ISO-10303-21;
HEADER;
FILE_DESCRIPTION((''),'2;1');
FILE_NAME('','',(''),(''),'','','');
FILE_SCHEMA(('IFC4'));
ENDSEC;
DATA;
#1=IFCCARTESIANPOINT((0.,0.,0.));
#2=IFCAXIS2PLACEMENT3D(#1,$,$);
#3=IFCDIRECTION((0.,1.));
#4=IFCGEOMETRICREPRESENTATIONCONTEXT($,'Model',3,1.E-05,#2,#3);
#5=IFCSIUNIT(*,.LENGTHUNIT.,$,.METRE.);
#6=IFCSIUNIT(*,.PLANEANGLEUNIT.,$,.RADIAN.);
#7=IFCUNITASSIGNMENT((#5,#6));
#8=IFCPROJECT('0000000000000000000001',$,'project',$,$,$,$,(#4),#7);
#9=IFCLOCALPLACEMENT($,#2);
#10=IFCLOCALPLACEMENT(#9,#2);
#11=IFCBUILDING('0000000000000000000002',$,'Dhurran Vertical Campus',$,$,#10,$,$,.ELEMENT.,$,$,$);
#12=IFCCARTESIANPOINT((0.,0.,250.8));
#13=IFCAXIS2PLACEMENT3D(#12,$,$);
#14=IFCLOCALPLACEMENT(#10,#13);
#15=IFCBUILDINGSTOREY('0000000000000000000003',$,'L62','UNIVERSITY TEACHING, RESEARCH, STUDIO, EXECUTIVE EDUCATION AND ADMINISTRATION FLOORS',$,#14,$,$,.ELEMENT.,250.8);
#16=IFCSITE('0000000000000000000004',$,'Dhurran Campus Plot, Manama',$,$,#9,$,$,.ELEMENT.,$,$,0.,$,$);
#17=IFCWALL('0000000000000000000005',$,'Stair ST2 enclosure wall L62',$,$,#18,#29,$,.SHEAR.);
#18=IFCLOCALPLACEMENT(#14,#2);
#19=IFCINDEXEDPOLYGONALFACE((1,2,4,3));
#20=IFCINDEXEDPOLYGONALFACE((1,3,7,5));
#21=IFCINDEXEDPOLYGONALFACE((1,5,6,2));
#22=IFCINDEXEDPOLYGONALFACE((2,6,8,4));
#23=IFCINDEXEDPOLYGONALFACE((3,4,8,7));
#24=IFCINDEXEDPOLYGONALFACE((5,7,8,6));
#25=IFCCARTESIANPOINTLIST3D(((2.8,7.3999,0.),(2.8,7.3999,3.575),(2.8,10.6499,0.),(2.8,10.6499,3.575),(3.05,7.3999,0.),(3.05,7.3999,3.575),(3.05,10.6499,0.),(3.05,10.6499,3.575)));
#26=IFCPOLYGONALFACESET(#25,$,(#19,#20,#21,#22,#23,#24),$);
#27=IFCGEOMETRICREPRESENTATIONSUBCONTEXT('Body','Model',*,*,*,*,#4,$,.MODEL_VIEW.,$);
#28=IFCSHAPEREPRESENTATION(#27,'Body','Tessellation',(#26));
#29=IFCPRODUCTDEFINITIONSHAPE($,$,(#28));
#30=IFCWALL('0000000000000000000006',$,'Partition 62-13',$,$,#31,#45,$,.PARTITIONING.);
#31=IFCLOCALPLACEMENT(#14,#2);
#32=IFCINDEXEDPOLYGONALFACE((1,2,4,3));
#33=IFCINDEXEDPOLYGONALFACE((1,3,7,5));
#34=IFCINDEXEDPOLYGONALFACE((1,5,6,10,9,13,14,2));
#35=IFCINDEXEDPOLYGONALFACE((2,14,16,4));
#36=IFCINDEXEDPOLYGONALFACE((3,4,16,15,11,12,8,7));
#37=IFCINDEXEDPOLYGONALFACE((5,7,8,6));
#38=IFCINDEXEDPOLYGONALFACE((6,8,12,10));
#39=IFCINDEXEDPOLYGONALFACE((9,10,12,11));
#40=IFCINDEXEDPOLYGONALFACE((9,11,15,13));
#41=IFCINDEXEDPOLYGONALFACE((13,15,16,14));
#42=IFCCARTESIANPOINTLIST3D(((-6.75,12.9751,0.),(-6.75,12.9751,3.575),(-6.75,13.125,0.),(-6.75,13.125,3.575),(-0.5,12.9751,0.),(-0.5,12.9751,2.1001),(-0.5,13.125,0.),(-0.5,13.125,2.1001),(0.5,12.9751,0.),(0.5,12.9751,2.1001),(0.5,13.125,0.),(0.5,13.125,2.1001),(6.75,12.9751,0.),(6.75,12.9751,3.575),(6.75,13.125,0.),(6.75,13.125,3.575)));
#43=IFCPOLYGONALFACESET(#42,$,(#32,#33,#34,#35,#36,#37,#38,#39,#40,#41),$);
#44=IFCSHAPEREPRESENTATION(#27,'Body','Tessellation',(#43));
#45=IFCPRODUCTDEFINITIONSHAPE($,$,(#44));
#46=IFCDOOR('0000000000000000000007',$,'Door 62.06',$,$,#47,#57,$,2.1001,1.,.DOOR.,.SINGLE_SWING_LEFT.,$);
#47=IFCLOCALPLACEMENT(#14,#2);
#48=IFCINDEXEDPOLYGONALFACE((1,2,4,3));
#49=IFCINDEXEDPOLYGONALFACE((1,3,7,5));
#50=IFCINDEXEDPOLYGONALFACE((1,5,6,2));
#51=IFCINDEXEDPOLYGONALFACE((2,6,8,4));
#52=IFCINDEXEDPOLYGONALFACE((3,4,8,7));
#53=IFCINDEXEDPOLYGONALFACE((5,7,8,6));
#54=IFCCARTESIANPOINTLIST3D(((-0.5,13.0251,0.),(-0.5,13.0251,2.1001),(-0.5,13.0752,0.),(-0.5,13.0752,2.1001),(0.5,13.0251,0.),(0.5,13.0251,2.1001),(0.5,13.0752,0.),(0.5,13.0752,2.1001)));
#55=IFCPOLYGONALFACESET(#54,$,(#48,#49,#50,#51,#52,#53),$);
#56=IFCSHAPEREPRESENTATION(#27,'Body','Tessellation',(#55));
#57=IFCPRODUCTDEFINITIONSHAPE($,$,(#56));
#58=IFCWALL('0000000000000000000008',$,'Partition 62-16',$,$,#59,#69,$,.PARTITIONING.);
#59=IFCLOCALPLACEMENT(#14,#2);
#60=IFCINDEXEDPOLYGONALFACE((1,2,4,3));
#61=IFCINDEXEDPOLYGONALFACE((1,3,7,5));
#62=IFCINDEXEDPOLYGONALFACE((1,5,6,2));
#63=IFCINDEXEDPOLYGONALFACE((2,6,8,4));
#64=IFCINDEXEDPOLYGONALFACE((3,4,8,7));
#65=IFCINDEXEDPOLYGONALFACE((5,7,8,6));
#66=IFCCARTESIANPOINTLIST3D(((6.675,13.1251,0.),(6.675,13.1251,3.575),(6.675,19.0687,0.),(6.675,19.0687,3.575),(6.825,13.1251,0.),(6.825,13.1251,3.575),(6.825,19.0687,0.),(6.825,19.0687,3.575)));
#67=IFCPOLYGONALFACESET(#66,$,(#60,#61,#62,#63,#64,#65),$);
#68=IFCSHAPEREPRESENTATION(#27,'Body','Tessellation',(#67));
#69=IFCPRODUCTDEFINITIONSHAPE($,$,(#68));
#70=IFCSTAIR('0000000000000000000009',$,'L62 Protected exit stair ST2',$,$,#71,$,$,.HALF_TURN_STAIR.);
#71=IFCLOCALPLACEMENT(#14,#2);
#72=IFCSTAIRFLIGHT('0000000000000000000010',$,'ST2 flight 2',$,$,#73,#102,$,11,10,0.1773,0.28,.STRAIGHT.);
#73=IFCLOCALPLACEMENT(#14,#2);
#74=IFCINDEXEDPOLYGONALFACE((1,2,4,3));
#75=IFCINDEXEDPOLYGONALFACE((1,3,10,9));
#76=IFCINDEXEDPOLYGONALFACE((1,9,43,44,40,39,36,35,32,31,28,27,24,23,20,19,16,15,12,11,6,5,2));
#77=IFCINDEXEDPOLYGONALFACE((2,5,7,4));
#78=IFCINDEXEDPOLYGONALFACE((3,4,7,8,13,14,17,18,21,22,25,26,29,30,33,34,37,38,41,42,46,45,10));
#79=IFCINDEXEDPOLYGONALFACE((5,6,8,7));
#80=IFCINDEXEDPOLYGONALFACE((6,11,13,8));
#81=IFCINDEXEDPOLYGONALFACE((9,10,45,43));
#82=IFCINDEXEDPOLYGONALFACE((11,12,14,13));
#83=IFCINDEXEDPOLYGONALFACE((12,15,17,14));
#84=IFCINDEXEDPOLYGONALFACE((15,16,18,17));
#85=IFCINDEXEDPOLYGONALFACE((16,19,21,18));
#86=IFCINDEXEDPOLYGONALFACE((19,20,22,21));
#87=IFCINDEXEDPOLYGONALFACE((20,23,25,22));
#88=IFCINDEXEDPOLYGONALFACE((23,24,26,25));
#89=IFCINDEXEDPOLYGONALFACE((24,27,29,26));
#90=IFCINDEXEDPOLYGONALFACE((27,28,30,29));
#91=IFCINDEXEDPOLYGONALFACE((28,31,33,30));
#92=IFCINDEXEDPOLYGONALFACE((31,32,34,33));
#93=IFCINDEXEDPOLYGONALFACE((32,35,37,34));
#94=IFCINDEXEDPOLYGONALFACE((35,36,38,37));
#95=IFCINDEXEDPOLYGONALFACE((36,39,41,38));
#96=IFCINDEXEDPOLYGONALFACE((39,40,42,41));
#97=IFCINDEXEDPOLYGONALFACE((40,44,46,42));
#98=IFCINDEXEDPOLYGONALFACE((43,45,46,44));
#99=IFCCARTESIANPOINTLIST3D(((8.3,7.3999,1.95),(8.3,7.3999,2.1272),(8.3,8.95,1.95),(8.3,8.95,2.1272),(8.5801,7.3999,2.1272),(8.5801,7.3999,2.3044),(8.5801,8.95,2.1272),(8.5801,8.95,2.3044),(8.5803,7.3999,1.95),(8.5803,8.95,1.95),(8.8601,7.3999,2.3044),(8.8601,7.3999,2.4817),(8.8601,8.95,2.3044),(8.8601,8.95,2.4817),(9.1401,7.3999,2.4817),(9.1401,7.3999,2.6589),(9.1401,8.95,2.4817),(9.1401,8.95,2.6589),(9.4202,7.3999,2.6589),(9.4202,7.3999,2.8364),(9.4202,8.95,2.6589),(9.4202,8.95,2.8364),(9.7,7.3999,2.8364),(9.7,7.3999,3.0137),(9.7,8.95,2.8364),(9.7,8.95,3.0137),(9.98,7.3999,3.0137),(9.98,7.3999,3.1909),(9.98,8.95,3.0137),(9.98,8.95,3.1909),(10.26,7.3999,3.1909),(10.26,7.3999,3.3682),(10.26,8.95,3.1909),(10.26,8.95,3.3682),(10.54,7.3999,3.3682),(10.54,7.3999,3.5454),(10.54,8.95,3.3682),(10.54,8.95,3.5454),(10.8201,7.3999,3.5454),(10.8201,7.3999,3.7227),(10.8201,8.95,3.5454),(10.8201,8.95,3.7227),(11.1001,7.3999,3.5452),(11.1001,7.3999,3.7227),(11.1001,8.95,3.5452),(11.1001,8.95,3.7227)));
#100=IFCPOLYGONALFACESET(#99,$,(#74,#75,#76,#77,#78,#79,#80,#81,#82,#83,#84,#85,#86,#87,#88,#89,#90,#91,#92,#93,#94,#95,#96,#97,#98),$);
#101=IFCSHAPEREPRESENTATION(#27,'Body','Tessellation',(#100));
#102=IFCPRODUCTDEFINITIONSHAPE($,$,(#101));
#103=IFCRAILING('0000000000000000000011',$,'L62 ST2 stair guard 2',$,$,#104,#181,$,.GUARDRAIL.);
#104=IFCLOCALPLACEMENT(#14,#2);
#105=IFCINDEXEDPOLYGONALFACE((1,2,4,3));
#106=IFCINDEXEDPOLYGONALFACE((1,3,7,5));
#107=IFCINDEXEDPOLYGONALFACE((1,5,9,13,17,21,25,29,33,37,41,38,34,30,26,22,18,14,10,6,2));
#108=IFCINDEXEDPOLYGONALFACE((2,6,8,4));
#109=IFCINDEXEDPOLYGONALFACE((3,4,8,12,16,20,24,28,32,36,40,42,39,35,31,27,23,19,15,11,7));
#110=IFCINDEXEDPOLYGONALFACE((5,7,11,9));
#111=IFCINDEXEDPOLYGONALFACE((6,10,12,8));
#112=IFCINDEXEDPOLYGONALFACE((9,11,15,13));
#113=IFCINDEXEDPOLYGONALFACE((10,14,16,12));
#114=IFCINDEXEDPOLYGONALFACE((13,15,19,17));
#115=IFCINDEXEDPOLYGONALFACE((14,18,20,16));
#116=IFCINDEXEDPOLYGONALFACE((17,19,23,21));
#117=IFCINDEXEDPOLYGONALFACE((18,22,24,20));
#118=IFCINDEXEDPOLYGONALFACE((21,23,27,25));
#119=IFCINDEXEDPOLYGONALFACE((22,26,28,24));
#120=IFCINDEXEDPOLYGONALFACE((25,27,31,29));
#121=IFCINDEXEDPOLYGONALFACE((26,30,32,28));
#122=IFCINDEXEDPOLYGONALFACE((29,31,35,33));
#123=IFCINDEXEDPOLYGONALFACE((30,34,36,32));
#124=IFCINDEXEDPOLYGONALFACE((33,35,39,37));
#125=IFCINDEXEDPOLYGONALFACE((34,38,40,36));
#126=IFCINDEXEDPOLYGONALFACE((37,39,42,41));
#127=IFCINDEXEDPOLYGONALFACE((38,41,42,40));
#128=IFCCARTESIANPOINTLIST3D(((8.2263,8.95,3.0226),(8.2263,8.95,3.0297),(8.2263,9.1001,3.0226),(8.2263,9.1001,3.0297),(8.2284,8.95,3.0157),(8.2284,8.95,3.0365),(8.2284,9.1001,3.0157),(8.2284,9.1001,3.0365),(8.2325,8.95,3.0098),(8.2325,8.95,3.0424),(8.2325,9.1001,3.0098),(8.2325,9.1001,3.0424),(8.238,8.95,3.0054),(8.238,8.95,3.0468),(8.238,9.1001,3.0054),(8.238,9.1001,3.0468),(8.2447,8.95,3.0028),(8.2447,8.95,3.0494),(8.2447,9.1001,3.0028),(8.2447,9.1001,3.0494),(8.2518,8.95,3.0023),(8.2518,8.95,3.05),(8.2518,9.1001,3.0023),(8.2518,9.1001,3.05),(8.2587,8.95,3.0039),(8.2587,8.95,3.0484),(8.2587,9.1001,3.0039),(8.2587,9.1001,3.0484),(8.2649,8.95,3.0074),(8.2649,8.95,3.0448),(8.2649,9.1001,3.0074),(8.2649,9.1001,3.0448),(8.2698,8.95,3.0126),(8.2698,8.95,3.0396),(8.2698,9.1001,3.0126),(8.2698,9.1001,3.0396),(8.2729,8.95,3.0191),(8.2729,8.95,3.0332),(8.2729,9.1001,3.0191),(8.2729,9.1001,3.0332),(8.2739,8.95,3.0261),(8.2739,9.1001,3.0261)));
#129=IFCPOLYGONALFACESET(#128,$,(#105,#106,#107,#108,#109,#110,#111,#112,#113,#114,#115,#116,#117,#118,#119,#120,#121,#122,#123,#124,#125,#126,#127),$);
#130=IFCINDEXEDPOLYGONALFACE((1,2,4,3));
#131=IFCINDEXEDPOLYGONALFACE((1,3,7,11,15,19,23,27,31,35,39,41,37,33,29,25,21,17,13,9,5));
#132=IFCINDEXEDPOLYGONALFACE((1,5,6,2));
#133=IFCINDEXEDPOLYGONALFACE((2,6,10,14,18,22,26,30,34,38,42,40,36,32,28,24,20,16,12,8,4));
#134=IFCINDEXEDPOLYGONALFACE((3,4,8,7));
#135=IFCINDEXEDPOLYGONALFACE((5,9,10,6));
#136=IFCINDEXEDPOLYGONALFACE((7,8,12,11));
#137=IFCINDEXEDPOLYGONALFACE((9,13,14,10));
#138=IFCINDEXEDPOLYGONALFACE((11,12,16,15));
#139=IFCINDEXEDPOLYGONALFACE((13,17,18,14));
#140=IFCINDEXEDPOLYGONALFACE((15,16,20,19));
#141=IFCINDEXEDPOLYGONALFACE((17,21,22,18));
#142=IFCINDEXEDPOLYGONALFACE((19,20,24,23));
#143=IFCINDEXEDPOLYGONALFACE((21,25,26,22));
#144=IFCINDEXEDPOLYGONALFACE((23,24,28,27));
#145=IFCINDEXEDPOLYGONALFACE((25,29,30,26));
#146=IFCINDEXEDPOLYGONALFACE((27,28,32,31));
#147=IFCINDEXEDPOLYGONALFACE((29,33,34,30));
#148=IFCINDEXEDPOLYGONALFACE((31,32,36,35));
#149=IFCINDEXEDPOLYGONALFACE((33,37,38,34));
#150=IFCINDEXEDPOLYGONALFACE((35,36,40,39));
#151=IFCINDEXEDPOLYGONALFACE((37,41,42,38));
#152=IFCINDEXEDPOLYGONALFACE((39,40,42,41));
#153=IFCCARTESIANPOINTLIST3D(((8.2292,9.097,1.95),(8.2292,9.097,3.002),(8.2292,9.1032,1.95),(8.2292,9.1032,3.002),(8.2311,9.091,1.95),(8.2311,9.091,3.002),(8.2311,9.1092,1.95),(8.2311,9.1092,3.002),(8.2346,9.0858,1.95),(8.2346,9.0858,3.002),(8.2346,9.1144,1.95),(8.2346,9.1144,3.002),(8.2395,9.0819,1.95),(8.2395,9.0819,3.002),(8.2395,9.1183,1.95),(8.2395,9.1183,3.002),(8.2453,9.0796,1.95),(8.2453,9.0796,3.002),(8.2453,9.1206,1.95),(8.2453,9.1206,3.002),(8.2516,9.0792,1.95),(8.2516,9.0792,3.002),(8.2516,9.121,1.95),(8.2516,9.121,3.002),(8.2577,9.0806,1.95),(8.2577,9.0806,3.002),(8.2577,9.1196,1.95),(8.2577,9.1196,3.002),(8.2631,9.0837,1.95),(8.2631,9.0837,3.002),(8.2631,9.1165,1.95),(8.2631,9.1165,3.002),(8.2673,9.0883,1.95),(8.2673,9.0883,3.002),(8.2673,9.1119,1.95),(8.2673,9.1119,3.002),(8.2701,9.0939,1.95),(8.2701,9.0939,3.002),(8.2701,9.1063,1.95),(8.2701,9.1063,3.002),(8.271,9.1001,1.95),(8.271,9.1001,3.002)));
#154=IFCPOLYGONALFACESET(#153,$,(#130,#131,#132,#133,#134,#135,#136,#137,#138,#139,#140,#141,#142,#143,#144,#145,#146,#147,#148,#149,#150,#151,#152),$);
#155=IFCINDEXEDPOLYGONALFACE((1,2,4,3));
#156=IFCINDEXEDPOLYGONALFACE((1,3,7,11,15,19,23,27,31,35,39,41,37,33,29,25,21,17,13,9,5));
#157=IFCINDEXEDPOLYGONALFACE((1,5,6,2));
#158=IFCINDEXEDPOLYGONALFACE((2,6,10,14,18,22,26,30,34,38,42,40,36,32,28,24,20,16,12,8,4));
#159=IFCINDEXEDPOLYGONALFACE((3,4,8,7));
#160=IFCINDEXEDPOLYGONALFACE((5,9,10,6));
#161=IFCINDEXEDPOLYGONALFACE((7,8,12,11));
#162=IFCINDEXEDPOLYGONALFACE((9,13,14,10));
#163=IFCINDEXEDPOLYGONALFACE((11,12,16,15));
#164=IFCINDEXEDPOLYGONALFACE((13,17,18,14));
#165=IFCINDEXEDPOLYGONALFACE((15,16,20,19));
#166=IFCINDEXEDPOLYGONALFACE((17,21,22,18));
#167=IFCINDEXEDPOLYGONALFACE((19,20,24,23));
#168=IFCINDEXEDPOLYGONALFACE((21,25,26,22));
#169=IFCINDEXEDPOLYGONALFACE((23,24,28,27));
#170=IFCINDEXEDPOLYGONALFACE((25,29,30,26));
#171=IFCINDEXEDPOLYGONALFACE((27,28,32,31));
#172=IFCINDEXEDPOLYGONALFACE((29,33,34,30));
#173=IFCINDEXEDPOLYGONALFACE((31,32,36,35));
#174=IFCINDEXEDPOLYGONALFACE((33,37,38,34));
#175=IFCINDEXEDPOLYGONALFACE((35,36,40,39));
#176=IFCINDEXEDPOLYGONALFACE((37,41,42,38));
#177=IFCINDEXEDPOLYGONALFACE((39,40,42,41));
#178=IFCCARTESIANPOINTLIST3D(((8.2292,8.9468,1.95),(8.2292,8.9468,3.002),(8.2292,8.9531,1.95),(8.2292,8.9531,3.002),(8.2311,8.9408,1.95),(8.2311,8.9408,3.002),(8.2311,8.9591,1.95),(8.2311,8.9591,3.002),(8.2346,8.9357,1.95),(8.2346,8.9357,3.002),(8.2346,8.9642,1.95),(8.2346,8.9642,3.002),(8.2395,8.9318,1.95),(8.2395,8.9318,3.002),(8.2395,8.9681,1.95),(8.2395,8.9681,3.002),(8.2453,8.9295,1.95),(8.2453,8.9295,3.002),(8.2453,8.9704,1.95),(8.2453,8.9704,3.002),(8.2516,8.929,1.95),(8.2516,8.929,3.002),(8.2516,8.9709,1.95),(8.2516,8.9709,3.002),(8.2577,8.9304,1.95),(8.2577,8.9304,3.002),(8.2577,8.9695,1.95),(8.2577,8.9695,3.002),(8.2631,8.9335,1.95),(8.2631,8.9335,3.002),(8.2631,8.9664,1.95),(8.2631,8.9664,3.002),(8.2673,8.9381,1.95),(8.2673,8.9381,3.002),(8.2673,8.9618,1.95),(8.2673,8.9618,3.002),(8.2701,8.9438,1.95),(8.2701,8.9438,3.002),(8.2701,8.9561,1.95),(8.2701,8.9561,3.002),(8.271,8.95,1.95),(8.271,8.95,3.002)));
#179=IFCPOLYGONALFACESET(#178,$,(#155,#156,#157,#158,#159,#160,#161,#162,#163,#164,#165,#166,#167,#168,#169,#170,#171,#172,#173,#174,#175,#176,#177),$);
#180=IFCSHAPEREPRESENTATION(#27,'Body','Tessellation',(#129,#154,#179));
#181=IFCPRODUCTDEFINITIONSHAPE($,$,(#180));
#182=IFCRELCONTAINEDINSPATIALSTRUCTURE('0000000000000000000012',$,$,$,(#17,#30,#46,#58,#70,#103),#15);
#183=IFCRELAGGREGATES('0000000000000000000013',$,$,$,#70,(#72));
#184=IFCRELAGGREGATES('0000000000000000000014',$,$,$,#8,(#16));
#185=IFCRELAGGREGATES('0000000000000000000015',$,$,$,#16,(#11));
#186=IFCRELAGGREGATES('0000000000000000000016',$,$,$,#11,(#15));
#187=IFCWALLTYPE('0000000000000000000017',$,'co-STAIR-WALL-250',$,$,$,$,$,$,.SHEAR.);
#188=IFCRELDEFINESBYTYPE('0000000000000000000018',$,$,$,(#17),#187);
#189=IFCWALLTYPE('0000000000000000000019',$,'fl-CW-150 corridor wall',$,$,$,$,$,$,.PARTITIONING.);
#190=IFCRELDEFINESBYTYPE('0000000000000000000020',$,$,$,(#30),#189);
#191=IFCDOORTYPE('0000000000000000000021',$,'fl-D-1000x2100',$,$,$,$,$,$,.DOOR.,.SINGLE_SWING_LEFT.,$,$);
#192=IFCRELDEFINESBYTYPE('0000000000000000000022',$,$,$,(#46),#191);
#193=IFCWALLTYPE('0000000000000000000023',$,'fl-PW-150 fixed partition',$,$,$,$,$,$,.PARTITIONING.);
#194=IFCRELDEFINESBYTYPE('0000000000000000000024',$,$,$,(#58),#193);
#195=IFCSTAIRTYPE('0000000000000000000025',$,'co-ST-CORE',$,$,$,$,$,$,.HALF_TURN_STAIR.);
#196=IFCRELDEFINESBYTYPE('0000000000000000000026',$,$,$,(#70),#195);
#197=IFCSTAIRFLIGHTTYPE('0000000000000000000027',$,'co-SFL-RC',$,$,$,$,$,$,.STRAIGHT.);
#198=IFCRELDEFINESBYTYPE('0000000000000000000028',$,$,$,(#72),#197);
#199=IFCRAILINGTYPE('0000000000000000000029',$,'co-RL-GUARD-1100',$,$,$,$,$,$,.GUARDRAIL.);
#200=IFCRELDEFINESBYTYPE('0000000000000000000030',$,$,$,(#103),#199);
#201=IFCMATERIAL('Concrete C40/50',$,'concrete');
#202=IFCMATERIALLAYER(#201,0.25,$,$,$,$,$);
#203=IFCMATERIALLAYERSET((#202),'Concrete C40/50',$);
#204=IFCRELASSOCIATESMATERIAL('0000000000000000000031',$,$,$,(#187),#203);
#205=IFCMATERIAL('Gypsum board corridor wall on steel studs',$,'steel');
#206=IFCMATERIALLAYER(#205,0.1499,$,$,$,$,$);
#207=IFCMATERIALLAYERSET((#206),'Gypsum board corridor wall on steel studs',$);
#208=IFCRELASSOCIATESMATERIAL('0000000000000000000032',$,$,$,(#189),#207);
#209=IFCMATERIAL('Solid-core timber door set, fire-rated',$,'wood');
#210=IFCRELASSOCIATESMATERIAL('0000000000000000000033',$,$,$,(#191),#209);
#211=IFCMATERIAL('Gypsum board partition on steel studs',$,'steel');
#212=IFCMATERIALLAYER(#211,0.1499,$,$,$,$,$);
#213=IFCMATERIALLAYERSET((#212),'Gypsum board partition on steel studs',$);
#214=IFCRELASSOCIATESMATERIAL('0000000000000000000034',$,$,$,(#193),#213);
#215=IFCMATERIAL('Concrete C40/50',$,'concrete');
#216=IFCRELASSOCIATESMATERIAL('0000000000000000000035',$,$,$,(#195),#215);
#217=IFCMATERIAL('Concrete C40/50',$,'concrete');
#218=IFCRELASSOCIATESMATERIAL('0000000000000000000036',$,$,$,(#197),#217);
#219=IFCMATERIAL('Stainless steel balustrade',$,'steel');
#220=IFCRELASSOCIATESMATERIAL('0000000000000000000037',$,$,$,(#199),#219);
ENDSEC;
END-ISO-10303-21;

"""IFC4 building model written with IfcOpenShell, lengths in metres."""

from ifc_helpers import new_model, si_unit, direction, frame, frame_2d, origin, origin_2d, place, context, subcontext, project, spatial, polyline, rectangle, circle, outline, extrude, material, layer, layer_set, type_object, element, fill, aggregate, save


model = new_model("IFC4")

# Units and contexts
model_context = context("Model", 3, precision=1e-05, world=origin(), true_north=direction((0.0, 1.0)))
body_context = subcontext(model_context, "Body", "Model", "MODEL_VIEW")
ifc_project = project(units=[si_unit("LENGTHUNIT", "METRE"), si_unit("PLANEANGLEUNIT", "RADIAN")], contexts=[model_context])

# Site, building, storey
site_placement = place(None, origin())
site = spatial("IfcSite", under=ifc_project, at=site_placement, Name="Dhurran Campus Plot, Manama", CompositionType="ELEMENT", RefElevation=0.0)
building_placement = place(site_placement, origin())
building = spatial("IfcBuilding", under=site, at=building_placement, Name="Dhurran Vertical Campus", CompositionType="ELEMENT")
storey_placement = place(building_placement, frame((0.0, 0.0, 250.8)))
storey = spatial("IfcBuildingStorey", under=building, at=storey_placement, Name="L62", Description="UNIVERSITY TEACHING, RESEARCH, STUDIO, EXECUTIVE EDUCATION AND ADMINISTRATION FLOORS", CompositionType="ELEMENT", Elevation=250.8)

# Shared definitions
ifc_material_1 = material(Name="Concrete C40/50", Category="concrete")
ifc_layer_1 = layer(ifc_material_1, 0.25)
ifc_layer_set_1 = layer_set([ifc_layer_1], Name="Concrete C40/50")
wall_type_1 = type_object("IfcWallType", Name="co-STAIR-WALL-250", PredefinedType="SHEAR", material=ifc_layer_set_1)

# Wall
wall_1_placement = place(storey_placement, frame((2.925, 7.3999, 0.0), z_axis=(0.0, 0.0, 1.0), x_axis=(0.0, 1.0, 0.0)))
element("IfcWall", 1, at=wall_1_placement, inside=storey, type_object=wall_type_1, Name="Stair ST2 enclosure wall L62", PredefinedType="SHEAR", context=body_context, shape_type="SweptSolid", body=[
    extrude(rectangle(XDim=3.25, YDim=0.25, at=frame_2d((1.625, 0.0))), origin(), (0.0, 0.0, 1.0), 3.575),
])

# Wall, opening, door
ifc_material_2 = material(Name="Gypsum board corridor wall on steel studs", Category="steel")
ifc_layer_2 = layer(ifc_material_2, 0.1499)
ifc_layer_set_2 = layer_set([ifc_layer_2], Name="Gypsum board corridor wall on steel studs")
wall_type_2 = type_object("IfcWallType", Name="fl-CW-150 corridor wall", PredefinedType="PARTITIONING", material=ifc_layer_set_2)
wall_2_placement = place(storey_placement, frame((6.75, 13.05, 0.0), z_axis=(0.0, 0.0, 1.0), x_axis=(-1.0, 0.0, 0.0)))
wall_2 = element("IfcWall", 2, at=wall_2_placement, inside=storey, type_object=wall_type_2, Name="Partition 62-13", PredefinedType="PARTITIONING", context=body_context, shape_type="SweptSolid", body=[
    extrude(rectangle(XDim=13.5, YDim=0.1499, at=frame_2d((6.75, 0.0))), origin(), (0.0, 0.0, 1.0), 3.575),
])
opening_1_placement = place(wall_2_placement, frame((6.25, 0.0, 0.0)))
opening_1 = element("IfcOpeningElement", 3, at=opening_1_placement, cuts=wall_2, PredefinedType="OPENING", context=body_context, shape_type="SweptSolid", body=[
    extrude(rectangle(XDim=1.0, YDim=2.1001, at=frame_2d((0.5, 1.05))), frame((0.0, 0.085, 0.0), z_axis=(0.0, -1.0, 0.0), x_axis=(1.0, 0.0, 0.0)), (0.0, 0.0, 1.0), 0.1699),
])
ifc_material_3 = material(Name="Solid-core timber door set, fire-rated", Category="wood")
door_type_1 = type_object("IfcDoorType", Name="fl-D-1000x2100", OperationType="SINGLE_SWING_LEFT", PredefinedType="DOOR", material=ifc_material_3)
door_1_placement = place(opening_1_placement, origin())
door_1 = element("IfcDoor", 4, at=door_1_placement, inside=storey, type_object=door_type_1, Name="Door 62.06", OperationType="SINGLE_SWING_LEFT", OverallHeight=2.1001, OverallWidth=1.0, PredefinedType="DOOR", context=body_context, shape_type="SweptSolid", body=[
    extrude(rectangle(XDim=1.0, YDim=2.1001, at=frame_2d((0.5, 1.05))), frame((0.0, 0.0249, 0.0), z_axis=(0.0, -1.0, 0.0), x_axis=(1.0, 0.0, 0.0)), (0.0, 0.0, 1.0), 0.05),
])
fill(opening_1, door_1)

# Wall
ifc_material_4 = material(Name="Gypsum board partition on steel studs", Category="steel")
ifc_layer_3 = layer(ifc_material_4, 0.1499)
ifc_layer_set_3 = layer_set([ifc_layer_3], Name="Gypsum board partition on steel studs")
wall_type_3 = type_object("IfcWallType", Name="fl-PW-150 fixed partition", PredefinedType="PARTITIONING", material=ifc_layer_set_3)
wall_3_placement = place(storey_placement, frame((6.75, 19.0686, 0.0), z_axis=(0.0, 0.0, 1.0), x_axis=(0.0, -1.0, 0.0)))
element("IfcWall", 5, at=wall_3_placement, inside=storey, type_object=wall_type_3, Name="Partition 62-16", PredefinedType="PARTITIONING", context=body_context, shape_type="SweptSolid", body=[
    extrude(rectangle(XDim=5.9436, YDim=0.1499, at=frame_2d((2.9717, 0.0))), origin(), (0.0, 0.0, 1.0), 3.575),
])

# Stair, stair flight
ifc_material_5 = material(Name="Concrete C40/50", Category="concrete")
stair_type = type_object("IfcStairType", Name="co-ST-CORE", PredefinedType="HALF_TURN_STAIR", material=ifc_material_5)
stair_placement = place(storey_placement, origin())
stair = element("IfcStair", 6, at=stair_placement, inside=storey, type_object=stair_type, Name="L62 Protected exit stair ST2", PredefinedType="HALF_TURN_STAIR")
ifc_material_6 = material(Name="Concrete C40/50", Category="concrete")
stair_flight_type = type_object("IfcStairFlightType", Name="co-SFL-RC", PredefinedType="STRAIGHT", material=ifc_material_6)
stair_flight_placement = place(storey_placement, frame((8.3, 8.175, 1.95), z_axis=(0.0, 0.0, 1.0), x_axis=(1.0, 0.0, 0.0)))
stair_flight = element("IfcStairFlight", 7, at=stair_flight_placement, type_object=stair_flight_type, Name="ST2 flight 2", NumberOfRisers=11, NumberOfTreads=10, PredefinedType="STRAIGHT", RiserHeight=0.1773, TreadLength=0.28, context=body_context, shape_type="SweptSolid", body=[
    extrude(outline(polyline([(0.0, 0.0), (0.0, 0.1772), (0.28, 0.1772), (0.28, 0.3545), (0.5601, 0.3545), (0.5601, 0.5317), (0.8401, 0.5317), (0.8401, 0.709), (1.1201, 0.709), (1.1201, 0.8865), (1.3999, 0.8865), (1.3999, 1.0637), (1.6799, 1.0637), (1.6799, 1.241), (1.96, 1.241), (1.96, 1.4182), (2.24, 1.4182), (2.24, 1.5955), (2.52, 1.5955), (2.52, 1.7727), (2.8, 1.7727), (2.8, 1.95), (2.8, 1.5952), (0.2803, 0.0), (0.0, 0.0)])), frame((0.0, 0.7749, 0.0), z_axis=(0.0, -1.0, 0.0), x_axis=(1.0, 0.0, 0.0)), (0.0, 0.0, 1.0), 1.55),
])
aggregate(stair, [stair_flight])

# Railing
ifc_material_7 = material(Name="Stainless steel balustrade", Category="steel")
railing_type_1 = type_object("IfcRailingType", Name="co-RL-GUARD-1100", PredefinedType="GUARDRAIL", material=ifc_material_7)
railing_1_placement = place(storey_placement, frame((8.25, 9.1001, 1.95)))
element("IfcRailing", 8, at=railing_1_placement, inside=storey, type_object=railing_type_1, Name="L62 ST2 stair guard 2", PredefinedType="GUARDRAIL", context=body_context, shape_type="SweptSolid", body=[
    extrude(circle(Radius=0.0239, at=origin_2d()), frame((0.0, 0.0, 1.0762), z_axis=(0.0, -1.0, 0.0), x_axis=(1.0, 0.0, 0.0)), (0.0, 0.0, 1.0), 0.1501),
    extrude(circle(Radius=0.021, at=origin_2d()), origin(), (0.0, 0.0, 1.0), 1.052),
    extrude(circle(Radius=0.021, at=origin_2d()), frame((0.0, -0.1501, 0.0)), (0.0, 0.0, 1.0), 1.052),
])

save(model, "model.ifc")
